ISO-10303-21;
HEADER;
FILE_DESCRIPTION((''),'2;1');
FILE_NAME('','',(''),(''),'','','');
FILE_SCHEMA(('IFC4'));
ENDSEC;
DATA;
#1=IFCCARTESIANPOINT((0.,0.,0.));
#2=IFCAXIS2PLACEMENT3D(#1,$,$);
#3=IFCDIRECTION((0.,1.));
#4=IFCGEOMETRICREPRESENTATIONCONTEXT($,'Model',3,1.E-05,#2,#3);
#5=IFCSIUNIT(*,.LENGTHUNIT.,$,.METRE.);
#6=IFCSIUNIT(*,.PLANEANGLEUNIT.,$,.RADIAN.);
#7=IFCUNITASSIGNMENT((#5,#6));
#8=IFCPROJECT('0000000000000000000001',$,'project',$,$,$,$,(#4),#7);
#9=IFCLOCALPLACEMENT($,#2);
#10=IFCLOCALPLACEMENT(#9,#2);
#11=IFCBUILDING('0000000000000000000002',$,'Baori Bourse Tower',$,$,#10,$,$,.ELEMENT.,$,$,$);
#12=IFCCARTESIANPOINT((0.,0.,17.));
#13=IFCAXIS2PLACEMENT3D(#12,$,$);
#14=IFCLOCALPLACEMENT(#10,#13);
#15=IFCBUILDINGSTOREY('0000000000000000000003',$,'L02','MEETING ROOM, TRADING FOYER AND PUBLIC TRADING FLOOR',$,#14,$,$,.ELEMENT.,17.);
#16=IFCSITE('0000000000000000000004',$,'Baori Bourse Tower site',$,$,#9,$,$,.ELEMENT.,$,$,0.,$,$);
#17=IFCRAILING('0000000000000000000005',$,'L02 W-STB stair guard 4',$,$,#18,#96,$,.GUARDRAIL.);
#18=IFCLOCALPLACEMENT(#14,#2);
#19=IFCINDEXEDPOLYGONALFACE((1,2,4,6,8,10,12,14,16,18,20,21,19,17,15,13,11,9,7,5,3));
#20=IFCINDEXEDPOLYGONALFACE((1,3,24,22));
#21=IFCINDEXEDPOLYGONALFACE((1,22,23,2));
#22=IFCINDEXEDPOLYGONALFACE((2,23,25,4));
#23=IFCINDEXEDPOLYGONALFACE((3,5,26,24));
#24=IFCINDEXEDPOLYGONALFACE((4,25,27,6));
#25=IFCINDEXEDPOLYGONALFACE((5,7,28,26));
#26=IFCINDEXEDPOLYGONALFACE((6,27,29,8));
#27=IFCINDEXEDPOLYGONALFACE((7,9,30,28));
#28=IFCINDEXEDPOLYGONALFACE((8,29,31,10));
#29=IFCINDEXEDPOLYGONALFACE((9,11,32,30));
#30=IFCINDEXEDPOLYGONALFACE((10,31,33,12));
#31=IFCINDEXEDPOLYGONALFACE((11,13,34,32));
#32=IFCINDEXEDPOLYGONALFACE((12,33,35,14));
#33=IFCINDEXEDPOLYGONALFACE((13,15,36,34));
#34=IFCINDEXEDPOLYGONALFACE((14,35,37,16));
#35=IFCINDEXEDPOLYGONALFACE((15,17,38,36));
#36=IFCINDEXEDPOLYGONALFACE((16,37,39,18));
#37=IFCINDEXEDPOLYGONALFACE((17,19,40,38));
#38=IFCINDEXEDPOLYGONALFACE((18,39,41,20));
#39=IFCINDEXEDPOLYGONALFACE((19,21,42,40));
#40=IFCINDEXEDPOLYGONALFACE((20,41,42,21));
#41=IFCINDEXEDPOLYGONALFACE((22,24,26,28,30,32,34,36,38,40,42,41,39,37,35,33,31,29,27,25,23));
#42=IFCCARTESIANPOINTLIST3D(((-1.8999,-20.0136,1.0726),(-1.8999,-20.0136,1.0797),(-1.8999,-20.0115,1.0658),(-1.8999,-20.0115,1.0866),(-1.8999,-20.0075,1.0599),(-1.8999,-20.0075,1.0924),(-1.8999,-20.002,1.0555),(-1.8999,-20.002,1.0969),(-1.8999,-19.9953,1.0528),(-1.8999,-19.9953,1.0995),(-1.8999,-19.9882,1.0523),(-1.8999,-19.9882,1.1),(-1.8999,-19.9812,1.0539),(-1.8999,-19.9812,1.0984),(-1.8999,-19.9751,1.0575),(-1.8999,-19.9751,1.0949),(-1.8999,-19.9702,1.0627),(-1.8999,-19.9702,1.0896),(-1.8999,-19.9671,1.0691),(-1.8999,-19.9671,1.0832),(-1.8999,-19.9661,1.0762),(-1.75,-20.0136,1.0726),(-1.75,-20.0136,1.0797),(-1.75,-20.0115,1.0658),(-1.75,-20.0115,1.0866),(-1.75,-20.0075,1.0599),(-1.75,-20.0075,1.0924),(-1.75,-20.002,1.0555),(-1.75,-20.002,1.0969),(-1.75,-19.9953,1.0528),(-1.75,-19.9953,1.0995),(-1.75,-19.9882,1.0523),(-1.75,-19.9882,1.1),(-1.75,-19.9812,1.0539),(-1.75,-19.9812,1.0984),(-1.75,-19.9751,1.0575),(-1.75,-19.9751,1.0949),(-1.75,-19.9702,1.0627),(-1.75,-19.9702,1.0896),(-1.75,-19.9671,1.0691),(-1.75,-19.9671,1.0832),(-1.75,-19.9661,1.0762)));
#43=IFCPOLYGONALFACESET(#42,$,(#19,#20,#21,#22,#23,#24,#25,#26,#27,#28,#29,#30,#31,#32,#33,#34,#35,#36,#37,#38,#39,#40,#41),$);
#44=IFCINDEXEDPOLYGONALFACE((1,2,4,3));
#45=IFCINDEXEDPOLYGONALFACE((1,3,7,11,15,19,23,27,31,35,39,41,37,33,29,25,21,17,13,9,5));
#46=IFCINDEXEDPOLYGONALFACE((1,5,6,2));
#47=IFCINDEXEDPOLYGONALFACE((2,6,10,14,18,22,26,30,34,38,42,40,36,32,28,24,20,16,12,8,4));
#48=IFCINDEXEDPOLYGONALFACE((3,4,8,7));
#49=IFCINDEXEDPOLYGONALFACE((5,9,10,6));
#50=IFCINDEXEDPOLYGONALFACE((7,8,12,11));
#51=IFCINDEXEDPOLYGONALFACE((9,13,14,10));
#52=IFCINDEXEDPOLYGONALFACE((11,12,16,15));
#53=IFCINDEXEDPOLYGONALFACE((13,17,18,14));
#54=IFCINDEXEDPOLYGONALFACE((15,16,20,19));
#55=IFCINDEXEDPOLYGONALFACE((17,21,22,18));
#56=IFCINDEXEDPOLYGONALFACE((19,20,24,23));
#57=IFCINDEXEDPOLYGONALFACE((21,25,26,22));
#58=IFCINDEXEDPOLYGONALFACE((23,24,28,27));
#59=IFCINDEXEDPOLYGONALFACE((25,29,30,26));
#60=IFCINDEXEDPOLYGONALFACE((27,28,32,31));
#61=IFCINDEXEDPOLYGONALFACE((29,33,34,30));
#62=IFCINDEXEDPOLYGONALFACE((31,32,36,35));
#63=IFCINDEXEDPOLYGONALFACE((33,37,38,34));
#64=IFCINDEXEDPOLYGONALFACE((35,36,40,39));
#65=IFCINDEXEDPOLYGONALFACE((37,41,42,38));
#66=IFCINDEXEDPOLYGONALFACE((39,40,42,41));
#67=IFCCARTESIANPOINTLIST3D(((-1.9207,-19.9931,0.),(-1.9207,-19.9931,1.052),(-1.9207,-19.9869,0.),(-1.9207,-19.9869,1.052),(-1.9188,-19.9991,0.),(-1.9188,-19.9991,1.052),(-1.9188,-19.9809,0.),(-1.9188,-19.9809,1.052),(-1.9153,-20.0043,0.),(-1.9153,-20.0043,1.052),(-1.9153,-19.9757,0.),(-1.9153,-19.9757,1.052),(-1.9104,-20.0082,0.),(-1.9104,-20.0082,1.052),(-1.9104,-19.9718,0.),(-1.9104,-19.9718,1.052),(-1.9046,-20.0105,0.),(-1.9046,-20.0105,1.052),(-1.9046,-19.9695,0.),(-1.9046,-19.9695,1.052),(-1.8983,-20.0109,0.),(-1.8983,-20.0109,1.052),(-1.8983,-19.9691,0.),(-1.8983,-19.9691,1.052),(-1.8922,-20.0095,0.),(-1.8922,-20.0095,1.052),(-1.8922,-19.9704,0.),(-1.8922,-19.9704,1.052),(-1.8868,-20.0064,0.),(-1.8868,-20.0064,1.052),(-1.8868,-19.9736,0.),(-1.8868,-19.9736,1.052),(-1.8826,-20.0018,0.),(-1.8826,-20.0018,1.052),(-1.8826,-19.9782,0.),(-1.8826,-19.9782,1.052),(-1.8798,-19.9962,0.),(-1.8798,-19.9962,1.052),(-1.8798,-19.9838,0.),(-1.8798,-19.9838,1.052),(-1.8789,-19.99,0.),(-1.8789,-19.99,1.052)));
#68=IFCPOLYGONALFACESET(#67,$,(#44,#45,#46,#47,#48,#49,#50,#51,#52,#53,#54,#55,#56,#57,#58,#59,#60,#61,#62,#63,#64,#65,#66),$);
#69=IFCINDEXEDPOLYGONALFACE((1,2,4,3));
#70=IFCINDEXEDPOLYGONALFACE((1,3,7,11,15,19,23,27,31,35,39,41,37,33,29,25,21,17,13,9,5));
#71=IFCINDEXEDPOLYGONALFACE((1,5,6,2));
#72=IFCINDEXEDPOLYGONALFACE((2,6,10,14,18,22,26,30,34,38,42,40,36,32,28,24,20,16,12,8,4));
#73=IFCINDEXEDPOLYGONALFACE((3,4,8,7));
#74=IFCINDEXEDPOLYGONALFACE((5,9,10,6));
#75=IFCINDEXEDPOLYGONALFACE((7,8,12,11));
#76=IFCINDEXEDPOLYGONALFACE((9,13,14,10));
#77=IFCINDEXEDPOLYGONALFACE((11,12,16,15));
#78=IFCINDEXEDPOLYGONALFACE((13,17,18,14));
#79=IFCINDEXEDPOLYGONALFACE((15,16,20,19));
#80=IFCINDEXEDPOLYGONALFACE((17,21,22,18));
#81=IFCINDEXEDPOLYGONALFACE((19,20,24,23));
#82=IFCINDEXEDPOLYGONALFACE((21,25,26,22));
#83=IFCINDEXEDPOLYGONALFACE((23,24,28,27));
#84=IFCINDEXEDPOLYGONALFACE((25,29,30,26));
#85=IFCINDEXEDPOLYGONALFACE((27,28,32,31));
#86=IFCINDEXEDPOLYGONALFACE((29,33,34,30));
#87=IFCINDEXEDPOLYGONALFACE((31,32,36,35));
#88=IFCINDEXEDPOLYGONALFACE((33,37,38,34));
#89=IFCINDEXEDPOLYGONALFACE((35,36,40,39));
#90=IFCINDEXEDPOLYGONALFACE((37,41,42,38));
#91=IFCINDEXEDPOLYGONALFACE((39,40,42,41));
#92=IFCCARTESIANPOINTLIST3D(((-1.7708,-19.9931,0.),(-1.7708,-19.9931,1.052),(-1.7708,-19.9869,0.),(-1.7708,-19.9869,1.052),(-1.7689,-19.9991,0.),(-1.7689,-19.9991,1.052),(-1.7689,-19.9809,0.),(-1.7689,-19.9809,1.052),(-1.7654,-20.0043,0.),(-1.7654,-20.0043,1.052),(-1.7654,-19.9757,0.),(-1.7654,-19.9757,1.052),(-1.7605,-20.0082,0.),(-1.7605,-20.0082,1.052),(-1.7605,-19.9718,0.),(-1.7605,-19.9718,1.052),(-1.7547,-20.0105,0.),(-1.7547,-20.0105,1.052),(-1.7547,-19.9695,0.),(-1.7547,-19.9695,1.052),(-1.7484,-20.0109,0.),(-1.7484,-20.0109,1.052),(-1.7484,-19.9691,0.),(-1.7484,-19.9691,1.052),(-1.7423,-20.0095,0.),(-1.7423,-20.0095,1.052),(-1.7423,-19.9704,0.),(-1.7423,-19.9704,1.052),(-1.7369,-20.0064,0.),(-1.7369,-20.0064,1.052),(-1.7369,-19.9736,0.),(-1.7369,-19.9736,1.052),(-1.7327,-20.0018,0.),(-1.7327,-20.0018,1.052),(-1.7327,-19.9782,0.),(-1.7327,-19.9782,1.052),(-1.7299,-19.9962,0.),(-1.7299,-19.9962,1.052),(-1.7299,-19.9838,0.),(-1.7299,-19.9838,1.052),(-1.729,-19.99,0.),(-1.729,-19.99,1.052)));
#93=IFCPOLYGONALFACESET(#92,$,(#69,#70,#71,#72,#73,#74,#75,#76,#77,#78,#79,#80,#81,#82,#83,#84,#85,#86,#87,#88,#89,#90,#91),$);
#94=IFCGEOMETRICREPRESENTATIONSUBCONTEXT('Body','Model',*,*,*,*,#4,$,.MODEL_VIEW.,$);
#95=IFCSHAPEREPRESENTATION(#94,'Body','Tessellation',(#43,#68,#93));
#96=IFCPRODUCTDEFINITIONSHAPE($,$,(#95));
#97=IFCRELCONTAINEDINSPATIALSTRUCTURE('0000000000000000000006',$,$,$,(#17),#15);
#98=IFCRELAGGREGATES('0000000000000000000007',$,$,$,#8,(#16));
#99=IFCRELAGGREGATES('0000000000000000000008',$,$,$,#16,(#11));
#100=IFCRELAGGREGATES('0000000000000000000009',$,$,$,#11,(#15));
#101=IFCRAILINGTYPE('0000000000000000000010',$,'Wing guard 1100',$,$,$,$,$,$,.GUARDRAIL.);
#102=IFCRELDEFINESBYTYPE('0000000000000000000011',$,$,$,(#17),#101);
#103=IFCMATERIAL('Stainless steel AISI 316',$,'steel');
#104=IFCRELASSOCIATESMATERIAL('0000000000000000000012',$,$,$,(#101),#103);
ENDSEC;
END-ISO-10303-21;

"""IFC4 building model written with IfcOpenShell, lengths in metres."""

from ifc_helpers import new_model, si_unit, direction, frame, origin, origin_2d, place, context, subcontext, project, spatial, circle, extrude, material, type_object, element, save


model = new_model("IFC4")

# Units and contexts
model_context = context("Model", 3, precision=1e-05, world=origin(), true_north=direction((0.0, 1.0)))
body_context = subcontext(model_context, "Body", "Model", "MODEL_VIEW")
ifc_project = project(units=[si_unit("LENGTHUNIT", "METRE"), si_unit("PLANEANGLEUNIT", "RADIAN")], contexts=[model_context])

# Site, building, storey
site_placement = place(None, origin())
site = spatial("IfcSite", under=ifc_project, at=site_placement, Name="Baori Bourse Tower site", CompositionType="ELEMENT", RefElevation=0.0)
building_placement = place(site_placement, origin())
building = spatial("IfcBuilding", under=site, at=building_placement, Name="Baori Bourse Tower", CompositionType="ELEMENT")
storey_placement = place(building_placement, frame((0.0, 0.0, 17.0)))
storey = spatial("IfcBuildingStorey", under=building, at=storey_placement, Name="L02", Description="MEETING ROOM, TRADING FOYER AND PUBLIC TRADING FLOOR", CompositionType="ELEMENT", Elevation=17.0)

# Railing
ifc_material_1 = material(Name="Stainless steel AISI 316", Category="steel")
railing_type_1 = type_object("IfcRailingType", Name="Wing guard 1100", PredefinedType="GUARDRAIL", material=ifc_material_1)
railing_1_placement = place(storey_placement, frame((-1.8999, -19.99, 0.0)))
element("IfcRailing", 1, at=railing_1_placement, inside=storey, type_object=railing_type_1, Name="L02 W-STB stair guard 4", PredefinedType="GUARDRAIL", context=body_context, shape_type="SweptSolid", body=[
    extrude(circle(Radius=0.0239, at=origin_2d()), frame((0.0, 0.0, 1.0762), z_axis=(1.0, 0.0, 0.0), x_axis=(0.0, 1.0, 0.0)), (0.0, 0.0, 1.0), 0.1499),
    extrude(circle(Radius=0.021, at=origin_2d()), origin(), (0.0, 0.0, 1.0), 1.052),
    extrude(circle(Radius=0.021, at=origin_2d()), frame((0.1499, 0.0, 0.0)), (0.0, 0.0, 1.0), 1.052),
])

save(model, "model.ifc")
